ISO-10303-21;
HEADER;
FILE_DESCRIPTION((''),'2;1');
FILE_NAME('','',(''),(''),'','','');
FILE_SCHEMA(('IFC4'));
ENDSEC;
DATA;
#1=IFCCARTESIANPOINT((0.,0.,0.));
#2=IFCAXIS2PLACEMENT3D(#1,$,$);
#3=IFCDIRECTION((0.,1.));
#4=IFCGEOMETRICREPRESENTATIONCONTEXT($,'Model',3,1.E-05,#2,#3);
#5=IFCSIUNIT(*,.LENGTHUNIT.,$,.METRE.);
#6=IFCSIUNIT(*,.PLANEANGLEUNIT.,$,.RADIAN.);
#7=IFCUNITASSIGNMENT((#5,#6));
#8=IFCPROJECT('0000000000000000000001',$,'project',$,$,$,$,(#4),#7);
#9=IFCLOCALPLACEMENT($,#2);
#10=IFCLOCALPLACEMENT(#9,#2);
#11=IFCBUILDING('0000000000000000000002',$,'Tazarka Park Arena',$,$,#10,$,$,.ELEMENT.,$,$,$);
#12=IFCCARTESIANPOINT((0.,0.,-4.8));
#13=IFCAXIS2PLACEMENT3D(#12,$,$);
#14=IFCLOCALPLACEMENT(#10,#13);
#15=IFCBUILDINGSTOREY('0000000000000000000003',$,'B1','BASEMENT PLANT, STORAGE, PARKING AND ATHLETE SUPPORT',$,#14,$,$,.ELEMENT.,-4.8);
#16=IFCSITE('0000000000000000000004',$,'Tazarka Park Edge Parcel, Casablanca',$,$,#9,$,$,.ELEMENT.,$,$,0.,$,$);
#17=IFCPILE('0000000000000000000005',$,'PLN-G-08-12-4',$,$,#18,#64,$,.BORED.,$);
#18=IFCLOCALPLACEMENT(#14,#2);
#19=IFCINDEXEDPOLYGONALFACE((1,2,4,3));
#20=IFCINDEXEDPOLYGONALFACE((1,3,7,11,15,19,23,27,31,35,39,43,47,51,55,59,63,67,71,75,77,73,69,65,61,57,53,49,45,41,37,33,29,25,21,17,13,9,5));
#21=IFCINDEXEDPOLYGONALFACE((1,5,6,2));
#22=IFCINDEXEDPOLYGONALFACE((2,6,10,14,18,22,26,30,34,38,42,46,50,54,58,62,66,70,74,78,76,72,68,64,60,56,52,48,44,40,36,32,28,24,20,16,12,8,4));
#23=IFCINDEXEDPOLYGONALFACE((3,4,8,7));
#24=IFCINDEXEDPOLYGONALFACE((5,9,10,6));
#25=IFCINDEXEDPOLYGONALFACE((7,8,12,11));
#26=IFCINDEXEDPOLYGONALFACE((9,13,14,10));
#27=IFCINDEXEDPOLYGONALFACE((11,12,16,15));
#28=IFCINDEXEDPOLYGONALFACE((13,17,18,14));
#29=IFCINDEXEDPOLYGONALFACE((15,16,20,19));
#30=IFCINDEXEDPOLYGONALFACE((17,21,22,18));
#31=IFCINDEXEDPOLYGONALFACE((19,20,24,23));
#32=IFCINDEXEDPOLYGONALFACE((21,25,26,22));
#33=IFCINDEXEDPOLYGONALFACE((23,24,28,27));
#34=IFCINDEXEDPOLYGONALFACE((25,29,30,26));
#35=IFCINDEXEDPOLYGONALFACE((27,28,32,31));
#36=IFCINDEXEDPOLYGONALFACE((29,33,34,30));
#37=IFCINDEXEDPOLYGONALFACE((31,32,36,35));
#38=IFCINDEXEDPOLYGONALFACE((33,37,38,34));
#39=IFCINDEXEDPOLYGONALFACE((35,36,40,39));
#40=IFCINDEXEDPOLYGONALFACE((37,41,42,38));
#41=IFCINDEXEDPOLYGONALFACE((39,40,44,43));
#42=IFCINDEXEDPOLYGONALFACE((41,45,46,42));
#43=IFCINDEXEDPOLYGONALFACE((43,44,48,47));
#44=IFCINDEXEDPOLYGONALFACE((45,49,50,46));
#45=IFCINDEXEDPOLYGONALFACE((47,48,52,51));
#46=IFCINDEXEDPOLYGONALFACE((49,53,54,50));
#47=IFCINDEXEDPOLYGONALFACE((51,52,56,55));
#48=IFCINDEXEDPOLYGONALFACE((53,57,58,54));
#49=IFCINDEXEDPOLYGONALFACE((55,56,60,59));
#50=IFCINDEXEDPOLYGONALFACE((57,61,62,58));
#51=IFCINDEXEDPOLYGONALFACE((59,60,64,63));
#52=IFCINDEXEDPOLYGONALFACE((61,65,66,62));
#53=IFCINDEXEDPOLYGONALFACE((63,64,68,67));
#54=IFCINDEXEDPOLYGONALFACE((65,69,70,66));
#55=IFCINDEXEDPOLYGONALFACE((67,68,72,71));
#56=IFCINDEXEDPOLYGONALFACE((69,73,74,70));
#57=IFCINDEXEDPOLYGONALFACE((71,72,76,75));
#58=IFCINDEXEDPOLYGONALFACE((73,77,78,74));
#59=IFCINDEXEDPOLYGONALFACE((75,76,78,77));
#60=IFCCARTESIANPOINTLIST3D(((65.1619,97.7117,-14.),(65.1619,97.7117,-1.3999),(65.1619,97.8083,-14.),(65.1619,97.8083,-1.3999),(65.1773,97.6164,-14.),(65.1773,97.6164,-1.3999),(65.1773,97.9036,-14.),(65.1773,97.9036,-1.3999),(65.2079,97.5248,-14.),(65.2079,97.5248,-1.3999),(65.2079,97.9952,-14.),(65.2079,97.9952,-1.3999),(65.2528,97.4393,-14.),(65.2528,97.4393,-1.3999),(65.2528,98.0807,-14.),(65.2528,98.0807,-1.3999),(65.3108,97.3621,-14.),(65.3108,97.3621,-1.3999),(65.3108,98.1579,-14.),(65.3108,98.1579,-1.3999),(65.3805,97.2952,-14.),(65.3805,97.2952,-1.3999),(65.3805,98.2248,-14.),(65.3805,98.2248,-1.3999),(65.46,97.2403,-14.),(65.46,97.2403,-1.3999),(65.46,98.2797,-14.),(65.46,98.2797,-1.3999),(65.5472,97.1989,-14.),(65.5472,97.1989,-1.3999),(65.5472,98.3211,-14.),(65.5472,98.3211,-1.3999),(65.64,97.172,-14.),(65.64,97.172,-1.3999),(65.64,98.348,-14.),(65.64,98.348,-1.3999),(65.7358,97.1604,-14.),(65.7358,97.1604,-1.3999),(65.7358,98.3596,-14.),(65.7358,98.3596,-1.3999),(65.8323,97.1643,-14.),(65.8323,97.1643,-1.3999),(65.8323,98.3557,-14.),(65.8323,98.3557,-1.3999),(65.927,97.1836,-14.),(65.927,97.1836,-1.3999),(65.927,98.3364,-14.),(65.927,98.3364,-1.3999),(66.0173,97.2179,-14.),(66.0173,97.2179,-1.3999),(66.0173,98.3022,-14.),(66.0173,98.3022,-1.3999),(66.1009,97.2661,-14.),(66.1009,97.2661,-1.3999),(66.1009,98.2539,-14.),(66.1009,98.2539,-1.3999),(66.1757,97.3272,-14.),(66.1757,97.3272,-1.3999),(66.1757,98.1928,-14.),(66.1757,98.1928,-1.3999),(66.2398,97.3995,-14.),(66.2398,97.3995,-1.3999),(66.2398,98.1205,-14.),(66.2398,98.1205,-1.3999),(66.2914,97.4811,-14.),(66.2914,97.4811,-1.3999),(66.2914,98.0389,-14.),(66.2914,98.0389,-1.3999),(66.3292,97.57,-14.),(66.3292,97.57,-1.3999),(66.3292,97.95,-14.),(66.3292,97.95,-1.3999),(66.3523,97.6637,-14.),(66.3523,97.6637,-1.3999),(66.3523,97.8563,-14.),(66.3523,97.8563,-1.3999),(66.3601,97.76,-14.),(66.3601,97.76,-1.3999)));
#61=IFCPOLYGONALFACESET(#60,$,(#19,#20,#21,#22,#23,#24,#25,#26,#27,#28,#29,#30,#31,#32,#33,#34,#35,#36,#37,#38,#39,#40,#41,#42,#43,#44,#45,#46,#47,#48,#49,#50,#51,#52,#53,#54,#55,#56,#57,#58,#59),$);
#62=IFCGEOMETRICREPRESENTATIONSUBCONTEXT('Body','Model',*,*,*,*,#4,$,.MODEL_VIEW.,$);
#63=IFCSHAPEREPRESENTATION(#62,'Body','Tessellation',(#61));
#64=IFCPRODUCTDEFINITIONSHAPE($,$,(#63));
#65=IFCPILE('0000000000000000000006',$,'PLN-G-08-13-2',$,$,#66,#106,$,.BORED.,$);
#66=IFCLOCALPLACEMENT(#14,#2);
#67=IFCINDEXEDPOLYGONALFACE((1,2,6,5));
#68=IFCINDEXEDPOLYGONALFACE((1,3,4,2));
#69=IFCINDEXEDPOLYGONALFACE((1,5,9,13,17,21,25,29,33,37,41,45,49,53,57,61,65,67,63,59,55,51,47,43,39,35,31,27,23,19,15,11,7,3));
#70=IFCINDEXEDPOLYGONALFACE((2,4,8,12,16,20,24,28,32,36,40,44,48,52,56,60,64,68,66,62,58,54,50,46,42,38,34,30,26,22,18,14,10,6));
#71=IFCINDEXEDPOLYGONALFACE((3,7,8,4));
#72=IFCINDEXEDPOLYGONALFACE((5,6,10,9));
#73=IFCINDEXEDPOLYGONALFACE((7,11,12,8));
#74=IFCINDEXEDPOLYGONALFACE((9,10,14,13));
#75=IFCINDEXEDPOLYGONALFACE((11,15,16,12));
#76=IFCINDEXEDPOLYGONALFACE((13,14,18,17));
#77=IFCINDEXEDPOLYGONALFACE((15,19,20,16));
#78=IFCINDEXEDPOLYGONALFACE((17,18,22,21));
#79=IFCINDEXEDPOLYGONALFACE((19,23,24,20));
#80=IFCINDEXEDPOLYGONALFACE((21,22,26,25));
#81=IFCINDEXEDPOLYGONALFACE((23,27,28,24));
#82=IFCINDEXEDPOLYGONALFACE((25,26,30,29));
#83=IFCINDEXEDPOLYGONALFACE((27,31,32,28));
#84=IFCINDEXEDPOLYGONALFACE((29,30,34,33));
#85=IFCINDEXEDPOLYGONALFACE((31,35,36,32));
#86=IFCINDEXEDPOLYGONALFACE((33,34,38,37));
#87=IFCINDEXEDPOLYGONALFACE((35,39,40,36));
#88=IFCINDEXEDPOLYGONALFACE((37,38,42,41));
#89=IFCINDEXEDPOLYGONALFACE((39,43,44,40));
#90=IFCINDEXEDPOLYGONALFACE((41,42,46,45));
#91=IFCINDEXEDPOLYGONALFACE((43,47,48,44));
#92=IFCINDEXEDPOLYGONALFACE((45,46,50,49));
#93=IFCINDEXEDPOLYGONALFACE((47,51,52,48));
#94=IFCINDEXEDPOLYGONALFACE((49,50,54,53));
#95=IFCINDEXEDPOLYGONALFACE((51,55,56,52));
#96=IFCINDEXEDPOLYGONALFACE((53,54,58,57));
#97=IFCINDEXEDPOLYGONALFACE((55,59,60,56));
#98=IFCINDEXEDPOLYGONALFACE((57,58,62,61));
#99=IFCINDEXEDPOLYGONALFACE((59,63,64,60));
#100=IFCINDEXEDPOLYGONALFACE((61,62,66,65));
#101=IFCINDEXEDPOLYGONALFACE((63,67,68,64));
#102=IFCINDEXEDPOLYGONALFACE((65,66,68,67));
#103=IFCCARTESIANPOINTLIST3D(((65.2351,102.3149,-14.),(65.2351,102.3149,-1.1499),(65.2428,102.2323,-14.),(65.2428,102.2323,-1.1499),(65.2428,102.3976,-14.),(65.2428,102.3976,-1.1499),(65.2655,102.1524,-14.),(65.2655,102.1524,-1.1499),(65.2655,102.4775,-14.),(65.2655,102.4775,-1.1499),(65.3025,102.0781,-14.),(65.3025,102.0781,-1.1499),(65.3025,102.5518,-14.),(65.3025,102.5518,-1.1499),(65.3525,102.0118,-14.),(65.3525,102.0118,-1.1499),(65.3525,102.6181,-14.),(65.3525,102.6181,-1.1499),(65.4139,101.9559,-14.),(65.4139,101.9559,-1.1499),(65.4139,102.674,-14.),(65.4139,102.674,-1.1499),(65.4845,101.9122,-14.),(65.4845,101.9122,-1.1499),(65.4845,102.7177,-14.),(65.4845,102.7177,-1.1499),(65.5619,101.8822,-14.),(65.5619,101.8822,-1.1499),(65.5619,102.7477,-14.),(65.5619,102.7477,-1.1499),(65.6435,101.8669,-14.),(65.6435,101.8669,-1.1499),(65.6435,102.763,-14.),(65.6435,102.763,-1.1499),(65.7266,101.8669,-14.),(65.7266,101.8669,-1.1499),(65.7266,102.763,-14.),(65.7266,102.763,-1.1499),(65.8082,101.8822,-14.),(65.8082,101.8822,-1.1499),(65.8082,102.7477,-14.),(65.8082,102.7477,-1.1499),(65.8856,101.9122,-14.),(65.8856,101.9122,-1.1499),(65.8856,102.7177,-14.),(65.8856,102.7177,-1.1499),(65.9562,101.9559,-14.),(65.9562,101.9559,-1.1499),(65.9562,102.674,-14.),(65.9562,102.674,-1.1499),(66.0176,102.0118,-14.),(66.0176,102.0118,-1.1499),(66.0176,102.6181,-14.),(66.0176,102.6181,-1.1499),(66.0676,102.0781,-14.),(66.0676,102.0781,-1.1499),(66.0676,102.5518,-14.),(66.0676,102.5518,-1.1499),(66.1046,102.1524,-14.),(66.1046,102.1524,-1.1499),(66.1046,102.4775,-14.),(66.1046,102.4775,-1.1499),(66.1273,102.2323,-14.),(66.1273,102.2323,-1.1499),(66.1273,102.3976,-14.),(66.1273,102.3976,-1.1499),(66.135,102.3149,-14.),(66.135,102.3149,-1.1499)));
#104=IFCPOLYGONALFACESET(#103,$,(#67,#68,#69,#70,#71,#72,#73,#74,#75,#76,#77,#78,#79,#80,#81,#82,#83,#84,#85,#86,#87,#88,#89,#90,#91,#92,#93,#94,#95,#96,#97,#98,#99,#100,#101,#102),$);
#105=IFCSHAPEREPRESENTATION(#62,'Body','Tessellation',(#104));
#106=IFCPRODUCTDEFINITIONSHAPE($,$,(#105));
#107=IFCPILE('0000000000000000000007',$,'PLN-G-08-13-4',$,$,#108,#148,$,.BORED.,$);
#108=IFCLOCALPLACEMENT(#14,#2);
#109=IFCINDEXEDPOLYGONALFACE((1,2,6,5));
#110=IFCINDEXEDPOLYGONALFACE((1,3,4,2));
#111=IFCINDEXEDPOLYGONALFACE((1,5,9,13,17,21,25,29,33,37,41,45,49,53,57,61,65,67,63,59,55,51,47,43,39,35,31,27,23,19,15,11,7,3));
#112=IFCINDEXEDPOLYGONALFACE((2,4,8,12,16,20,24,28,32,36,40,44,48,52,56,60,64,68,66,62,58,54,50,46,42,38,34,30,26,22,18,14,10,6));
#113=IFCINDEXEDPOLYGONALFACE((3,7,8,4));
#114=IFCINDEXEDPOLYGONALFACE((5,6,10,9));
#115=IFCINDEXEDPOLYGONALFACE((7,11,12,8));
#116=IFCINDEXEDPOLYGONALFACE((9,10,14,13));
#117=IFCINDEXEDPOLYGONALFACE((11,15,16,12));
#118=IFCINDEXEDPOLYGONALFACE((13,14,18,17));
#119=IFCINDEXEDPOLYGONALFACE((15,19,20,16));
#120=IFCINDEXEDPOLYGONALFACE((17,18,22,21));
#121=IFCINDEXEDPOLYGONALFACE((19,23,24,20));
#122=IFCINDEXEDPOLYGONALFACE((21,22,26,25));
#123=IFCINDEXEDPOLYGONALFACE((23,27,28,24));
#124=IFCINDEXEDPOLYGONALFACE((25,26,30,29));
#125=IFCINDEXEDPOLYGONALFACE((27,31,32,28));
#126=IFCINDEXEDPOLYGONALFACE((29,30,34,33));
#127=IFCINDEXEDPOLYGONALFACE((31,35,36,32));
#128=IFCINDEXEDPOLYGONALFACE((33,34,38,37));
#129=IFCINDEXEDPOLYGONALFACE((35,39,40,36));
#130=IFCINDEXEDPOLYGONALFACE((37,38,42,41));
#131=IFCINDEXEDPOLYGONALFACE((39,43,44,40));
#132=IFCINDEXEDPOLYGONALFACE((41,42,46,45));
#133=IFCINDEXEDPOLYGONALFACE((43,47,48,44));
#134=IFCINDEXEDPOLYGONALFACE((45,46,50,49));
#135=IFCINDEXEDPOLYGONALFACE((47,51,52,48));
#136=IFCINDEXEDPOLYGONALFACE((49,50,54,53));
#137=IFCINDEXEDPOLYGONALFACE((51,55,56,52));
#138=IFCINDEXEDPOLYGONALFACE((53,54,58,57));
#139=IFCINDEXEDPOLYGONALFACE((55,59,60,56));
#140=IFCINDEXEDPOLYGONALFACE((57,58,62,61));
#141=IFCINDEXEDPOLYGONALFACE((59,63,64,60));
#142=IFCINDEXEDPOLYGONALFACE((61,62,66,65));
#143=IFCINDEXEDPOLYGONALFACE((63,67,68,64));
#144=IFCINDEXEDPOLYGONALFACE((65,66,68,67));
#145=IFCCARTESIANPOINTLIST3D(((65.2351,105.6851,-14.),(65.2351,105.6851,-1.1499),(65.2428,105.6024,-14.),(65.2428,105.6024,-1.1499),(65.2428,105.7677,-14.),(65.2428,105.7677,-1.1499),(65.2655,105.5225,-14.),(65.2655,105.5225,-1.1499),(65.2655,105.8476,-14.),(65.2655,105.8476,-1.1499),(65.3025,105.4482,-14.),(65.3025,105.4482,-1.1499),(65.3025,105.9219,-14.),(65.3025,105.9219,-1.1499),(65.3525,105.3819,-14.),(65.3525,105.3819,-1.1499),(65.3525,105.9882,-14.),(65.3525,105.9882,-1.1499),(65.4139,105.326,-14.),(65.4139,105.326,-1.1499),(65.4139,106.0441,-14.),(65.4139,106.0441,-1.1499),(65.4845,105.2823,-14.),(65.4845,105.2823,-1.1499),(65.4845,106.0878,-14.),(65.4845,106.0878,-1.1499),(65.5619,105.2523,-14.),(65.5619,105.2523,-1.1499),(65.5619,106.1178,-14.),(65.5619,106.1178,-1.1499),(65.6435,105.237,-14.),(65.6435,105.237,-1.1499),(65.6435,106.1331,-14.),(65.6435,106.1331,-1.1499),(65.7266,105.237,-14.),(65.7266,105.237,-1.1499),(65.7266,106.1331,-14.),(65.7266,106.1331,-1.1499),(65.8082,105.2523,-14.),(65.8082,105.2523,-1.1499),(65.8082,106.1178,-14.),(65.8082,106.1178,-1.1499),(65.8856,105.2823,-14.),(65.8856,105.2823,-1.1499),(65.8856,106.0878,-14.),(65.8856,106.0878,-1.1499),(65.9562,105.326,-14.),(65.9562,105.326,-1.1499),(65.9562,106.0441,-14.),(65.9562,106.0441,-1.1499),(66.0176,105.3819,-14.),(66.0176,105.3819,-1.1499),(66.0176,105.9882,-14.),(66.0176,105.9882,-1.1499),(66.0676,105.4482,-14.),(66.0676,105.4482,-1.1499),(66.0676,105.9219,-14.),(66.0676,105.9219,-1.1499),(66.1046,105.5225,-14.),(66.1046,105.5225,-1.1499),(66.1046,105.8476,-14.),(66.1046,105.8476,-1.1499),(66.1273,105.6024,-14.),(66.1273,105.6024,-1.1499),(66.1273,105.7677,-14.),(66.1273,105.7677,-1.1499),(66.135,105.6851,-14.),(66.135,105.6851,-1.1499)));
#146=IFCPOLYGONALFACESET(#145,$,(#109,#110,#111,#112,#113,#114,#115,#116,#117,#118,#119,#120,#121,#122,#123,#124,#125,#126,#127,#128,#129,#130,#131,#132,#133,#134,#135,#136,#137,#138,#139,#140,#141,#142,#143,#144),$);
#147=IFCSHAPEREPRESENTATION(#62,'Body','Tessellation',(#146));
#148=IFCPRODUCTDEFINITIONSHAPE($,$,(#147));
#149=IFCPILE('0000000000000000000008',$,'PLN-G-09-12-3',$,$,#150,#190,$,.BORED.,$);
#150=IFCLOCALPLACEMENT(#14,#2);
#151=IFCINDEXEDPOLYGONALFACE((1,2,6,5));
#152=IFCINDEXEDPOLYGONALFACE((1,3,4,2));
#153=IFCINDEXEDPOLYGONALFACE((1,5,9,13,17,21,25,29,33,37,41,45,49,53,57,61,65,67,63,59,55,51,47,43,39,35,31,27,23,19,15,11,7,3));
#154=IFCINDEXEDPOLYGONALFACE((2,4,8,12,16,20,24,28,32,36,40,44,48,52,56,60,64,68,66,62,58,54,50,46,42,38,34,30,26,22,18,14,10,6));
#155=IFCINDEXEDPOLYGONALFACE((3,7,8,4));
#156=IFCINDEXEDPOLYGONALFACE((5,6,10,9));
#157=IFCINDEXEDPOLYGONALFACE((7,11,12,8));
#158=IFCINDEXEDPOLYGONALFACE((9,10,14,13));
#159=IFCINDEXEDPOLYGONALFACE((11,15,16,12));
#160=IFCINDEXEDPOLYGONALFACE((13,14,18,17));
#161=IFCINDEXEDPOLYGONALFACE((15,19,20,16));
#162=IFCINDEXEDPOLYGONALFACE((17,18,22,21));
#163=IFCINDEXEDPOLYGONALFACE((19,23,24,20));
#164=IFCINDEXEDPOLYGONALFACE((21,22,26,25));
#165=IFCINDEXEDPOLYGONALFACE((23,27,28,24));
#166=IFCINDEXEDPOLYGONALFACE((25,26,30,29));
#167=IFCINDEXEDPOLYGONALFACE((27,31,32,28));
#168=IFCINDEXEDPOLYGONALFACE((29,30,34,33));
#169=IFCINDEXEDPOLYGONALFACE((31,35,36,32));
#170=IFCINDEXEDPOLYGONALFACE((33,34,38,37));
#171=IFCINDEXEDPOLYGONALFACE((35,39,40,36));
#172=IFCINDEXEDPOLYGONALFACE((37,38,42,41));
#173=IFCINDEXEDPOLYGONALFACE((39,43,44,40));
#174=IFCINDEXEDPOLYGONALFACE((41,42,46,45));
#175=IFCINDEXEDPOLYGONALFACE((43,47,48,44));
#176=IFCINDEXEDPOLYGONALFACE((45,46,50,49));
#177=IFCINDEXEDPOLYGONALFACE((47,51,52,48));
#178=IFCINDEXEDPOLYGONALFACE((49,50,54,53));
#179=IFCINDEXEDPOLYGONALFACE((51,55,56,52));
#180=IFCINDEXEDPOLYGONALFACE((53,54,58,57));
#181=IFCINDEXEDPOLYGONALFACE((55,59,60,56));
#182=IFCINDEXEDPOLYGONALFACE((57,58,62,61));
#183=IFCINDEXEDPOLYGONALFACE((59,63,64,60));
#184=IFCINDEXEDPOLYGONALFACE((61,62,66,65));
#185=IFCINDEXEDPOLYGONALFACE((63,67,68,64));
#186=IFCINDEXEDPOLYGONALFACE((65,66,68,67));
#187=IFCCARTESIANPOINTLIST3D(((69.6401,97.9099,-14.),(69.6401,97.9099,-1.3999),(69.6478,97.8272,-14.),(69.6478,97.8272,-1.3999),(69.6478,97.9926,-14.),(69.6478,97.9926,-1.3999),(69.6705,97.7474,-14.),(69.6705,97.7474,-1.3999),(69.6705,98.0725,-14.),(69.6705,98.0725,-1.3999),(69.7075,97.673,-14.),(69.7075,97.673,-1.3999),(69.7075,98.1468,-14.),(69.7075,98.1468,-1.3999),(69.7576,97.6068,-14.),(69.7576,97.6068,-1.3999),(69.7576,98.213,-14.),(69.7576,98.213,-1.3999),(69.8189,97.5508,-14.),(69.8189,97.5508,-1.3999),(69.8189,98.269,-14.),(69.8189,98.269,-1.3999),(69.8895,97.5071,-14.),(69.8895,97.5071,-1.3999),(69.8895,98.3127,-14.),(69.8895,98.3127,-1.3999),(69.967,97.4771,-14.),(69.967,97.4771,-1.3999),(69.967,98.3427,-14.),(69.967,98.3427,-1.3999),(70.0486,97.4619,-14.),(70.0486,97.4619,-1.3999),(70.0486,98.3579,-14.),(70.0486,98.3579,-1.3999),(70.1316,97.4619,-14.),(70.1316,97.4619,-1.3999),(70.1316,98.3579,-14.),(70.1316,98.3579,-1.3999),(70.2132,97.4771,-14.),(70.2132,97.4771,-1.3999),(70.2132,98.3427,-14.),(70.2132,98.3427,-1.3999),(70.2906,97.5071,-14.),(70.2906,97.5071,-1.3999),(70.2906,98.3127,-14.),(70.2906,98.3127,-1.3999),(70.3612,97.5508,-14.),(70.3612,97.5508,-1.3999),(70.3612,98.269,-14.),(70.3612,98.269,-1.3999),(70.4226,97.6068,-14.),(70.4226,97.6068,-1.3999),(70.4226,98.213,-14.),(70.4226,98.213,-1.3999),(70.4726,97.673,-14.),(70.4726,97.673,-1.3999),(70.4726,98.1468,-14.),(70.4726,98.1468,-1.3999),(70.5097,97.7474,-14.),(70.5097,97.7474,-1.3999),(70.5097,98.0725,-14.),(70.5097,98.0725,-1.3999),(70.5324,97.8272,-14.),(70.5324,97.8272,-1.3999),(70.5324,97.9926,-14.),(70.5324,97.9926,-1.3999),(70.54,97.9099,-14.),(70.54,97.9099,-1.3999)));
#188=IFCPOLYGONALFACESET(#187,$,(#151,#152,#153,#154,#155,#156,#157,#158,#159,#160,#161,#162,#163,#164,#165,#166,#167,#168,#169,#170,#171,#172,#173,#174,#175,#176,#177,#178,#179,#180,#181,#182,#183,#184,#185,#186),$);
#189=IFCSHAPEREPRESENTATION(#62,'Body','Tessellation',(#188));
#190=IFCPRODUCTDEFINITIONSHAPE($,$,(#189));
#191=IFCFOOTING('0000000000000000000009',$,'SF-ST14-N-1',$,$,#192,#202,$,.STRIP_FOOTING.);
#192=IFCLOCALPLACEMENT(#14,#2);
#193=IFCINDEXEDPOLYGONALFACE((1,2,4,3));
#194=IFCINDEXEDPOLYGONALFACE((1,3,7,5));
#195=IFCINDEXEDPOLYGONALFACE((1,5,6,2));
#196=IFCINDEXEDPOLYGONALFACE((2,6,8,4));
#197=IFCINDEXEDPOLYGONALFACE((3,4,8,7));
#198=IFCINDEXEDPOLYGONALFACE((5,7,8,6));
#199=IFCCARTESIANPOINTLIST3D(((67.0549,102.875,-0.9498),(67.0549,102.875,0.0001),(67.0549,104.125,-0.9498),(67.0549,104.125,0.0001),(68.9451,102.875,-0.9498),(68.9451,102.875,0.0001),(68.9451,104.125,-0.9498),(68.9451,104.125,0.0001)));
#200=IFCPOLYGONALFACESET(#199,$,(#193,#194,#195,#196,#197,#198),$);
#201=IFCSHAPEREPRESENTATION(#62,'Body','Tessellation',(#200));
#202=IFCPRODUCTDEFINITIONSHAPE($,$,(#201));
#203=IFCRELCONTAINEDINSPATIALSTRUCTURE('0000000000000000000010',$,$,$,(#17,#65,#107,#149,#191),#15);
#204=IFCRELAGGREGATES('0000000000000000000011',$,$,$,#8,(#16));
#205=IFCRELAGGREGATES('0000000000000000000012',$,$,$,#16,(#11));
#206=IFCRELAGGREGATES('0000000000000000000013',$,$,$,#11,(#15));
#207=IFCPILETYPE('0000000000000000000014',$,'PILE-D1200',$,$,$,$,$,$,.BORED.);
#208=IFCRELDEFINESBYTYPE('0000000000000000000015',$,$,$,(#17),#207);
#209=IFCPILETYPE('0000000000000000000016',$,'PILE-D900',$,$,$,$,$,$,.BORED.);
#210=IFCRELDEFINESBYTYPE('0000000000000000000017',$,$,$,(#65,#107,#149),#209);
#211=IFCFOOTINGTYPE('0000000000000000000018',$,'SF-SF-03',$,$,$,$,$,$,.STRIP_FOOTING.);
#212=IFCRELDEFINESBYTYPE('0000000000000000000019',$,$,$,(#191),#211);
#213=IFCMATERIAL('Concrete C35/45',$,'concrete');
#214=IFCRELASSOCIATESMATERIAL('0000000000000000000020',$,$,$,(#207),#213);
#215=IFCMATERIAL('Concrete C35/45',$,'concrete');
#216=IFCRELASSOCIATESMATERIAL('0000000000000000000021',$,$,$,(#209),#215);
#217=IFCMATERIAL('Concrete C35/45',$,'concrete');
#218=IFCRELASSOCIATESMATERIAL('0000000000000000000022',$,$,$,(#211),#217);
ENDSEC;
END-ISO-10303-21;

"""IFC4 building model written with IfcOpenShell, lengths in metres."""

from ifc_helpers import new_model, si_unit, direction, frame, origin, origin_2d, place, context, subcontext, project, spatial, rectangle, circle, extrude, material, material_profile, profile_set, type_object, element, save


model = new_model("IFC4")

# Units and contexts
model_context = context("Model", 3, precision=1e-05, world=origin(), true_north=direction((0.0, 1.0)))
body_context = subcontext(model_context, "Body", "Model", "MODEL_VIEW")
ifc_project = project(units=[si_unit("LENGTHUNIT", "METRE"), si_unit("PLANEANGLEUNIT", "RADIAN")], contexts=[model_context])

# Site, building, storey
site_placement = place(None, origin())
site = spatial("IfcSite", under=ifc_project, at=site_placement, Name="Tazarka Park Edge Parcel, Casablanca", CompositionType="ELEMENT", RefElevation=0.0)
building_placement = place(site_placement, origin())
building = spatial("IfcBuilding", under=site, at=building_placement, Name="Tazarka Park Arena", CompositionType="ELEMENT")
storey_placement = place(building_placement, frame((0.0, 0.0, -4.8)))
storey = spatial("IfcBuildingStorey", under=building, at=storey_placement, Name="B1", Description="BASEMENT PLANT, STORAGE, PARKING AND ATHLETE SUPPORT", CompositionType="ELEMENT", Elevation=-4.8)

# Piles
ifc_material_1 = material(Name="Concrete C35/45", Category="concrete")
ifc_material_profile_1 = material_profile(ifc_material_1, circle(Radius=0.6001, at=origin_2d()), Name="Concrete C35/45")
ifc_profile_set_1 = profile_set([ifc_material_profile_1], Name="Concrete C35/45")
pile_type_1 = type_object("IfcPileType", Name="PILE-D1200", PredefinedType="BORED", material=ifc_profile_set_1)
pile_1_placement = place(storey_placement, frame((65.76, 97.76, -1.3999), z_axis=(0.0, 0.0, -1.0), x_axis=(1.0, 0.0, 0.0)))
element("IfcPile", 1, at=pile_1_placement, inside=storey, type_object=pile_type_1, Name="PLN-G-08-12-4", PredefinedType="BORED", context=body_context, shape_type="SweptSolid", body=[
    extrude(circle(Radius=0.6001, at=origin_2d()), origin(), (0.0, 0.0, 1.0), 12.6001),
])
ifc_material_2 = material(Name="Concrete C35/45", Category="concrete")
ifc_material_profile_2 = material_profile(ifc_material_2, circle(Radius=0.45, at=origin_2d()), Name="Concrete C35/45")
ifc_profile_set_2 = profile_set([ifc_material_profile_2], Name="Concrete C35/45")
pile_type_2 = type_object("IfcPileType", Name="PILE-D900", PredefinedType="BORED", material=ifc_profile_set_2)
for number, where, z_axis, x_axis, name in (
    (2, (65.6851, 102.3149, -1.1499), (0.0, 0.0, -1.0), (1.0, 0.0, 0.0), "PLN-G-08-13-2"),
    (3, (65.6851, 105.6851, -1.1499), (0.0, 0.0, -1.0), (1.0, 0.0, 0.0), "PLN-G-08-13-4"),
):
    element("IfcPile", number, at=place(storey_placement, frame(where, z_axis=z_axis, x_axis=x_axis)), inside=storey, type_object=pile_type_2, Name=name, PredefinedType="BORED", context=body_context, shape_type="SweptSolid", body=[
        extrude(circle(Radius=0.45, at=origin_2d()), origin(), (0.0, 0.0, 1.0), 12.8501),
    ])
pile_2_placement = place(storey_placement, frame((70.0901, 97.9099, -1.3999), z_axis=(0.0, 0.0, -1.0), x_axis=(1.0, 0.0, 0.0)))
element("IfcPile", 4, at=pile_2_placement, inside=storey, type_object=pile_type_2, Name="PLN-G-09-12-3", PredefinedType="BORED", context=body_context, shape_type="SweptSolid", body=[
    extrude(circle(Radius=0.45, at=origin_2d()), origin(), (0.0, 0.0, 1.0), 12.6001),
])

# Footing
ifc_material_3 = material(Name="Concrete C35/45", Category="concrete")
ifc_material_profile_3 = material_profile(ifc_material_3, rectangle(XDim=1.25, YDim=0.95, at=origin_2d()), Name="Concrete C35/45")
ifc_profile_set_3 = profile_set([ifc_material_profile_3], Name="Concrete C35/45")
footing_type_1 = type_object("IfcFootingType", Name="SF-SF-03", PredefinedType="STRIP_FOOTING", material=ifc_profile_set_3)
footing_1_placement = place(storey_placement, frame((67.0549, 103.5, -0.4749), z_axis=(1.0, 0.0, 0.0), x_axis=(0.0, 1.0, 0.0)))
element("IfcFooting", 5, at=footing_1_placement, inside=storey, type_object=footing_type_1, Name="SF-ST14-N-1", PredefinedType="STRIP_FOOTING", context=body_context, shape_type="SweptSolid", body=[
    extrude(rectangle(XDim=1.25, YDim=0.95, at=origin_2d()), origin(), (0.0, 0.0, 1.0), 1.8901),
])

save(model, "model.ifc")
